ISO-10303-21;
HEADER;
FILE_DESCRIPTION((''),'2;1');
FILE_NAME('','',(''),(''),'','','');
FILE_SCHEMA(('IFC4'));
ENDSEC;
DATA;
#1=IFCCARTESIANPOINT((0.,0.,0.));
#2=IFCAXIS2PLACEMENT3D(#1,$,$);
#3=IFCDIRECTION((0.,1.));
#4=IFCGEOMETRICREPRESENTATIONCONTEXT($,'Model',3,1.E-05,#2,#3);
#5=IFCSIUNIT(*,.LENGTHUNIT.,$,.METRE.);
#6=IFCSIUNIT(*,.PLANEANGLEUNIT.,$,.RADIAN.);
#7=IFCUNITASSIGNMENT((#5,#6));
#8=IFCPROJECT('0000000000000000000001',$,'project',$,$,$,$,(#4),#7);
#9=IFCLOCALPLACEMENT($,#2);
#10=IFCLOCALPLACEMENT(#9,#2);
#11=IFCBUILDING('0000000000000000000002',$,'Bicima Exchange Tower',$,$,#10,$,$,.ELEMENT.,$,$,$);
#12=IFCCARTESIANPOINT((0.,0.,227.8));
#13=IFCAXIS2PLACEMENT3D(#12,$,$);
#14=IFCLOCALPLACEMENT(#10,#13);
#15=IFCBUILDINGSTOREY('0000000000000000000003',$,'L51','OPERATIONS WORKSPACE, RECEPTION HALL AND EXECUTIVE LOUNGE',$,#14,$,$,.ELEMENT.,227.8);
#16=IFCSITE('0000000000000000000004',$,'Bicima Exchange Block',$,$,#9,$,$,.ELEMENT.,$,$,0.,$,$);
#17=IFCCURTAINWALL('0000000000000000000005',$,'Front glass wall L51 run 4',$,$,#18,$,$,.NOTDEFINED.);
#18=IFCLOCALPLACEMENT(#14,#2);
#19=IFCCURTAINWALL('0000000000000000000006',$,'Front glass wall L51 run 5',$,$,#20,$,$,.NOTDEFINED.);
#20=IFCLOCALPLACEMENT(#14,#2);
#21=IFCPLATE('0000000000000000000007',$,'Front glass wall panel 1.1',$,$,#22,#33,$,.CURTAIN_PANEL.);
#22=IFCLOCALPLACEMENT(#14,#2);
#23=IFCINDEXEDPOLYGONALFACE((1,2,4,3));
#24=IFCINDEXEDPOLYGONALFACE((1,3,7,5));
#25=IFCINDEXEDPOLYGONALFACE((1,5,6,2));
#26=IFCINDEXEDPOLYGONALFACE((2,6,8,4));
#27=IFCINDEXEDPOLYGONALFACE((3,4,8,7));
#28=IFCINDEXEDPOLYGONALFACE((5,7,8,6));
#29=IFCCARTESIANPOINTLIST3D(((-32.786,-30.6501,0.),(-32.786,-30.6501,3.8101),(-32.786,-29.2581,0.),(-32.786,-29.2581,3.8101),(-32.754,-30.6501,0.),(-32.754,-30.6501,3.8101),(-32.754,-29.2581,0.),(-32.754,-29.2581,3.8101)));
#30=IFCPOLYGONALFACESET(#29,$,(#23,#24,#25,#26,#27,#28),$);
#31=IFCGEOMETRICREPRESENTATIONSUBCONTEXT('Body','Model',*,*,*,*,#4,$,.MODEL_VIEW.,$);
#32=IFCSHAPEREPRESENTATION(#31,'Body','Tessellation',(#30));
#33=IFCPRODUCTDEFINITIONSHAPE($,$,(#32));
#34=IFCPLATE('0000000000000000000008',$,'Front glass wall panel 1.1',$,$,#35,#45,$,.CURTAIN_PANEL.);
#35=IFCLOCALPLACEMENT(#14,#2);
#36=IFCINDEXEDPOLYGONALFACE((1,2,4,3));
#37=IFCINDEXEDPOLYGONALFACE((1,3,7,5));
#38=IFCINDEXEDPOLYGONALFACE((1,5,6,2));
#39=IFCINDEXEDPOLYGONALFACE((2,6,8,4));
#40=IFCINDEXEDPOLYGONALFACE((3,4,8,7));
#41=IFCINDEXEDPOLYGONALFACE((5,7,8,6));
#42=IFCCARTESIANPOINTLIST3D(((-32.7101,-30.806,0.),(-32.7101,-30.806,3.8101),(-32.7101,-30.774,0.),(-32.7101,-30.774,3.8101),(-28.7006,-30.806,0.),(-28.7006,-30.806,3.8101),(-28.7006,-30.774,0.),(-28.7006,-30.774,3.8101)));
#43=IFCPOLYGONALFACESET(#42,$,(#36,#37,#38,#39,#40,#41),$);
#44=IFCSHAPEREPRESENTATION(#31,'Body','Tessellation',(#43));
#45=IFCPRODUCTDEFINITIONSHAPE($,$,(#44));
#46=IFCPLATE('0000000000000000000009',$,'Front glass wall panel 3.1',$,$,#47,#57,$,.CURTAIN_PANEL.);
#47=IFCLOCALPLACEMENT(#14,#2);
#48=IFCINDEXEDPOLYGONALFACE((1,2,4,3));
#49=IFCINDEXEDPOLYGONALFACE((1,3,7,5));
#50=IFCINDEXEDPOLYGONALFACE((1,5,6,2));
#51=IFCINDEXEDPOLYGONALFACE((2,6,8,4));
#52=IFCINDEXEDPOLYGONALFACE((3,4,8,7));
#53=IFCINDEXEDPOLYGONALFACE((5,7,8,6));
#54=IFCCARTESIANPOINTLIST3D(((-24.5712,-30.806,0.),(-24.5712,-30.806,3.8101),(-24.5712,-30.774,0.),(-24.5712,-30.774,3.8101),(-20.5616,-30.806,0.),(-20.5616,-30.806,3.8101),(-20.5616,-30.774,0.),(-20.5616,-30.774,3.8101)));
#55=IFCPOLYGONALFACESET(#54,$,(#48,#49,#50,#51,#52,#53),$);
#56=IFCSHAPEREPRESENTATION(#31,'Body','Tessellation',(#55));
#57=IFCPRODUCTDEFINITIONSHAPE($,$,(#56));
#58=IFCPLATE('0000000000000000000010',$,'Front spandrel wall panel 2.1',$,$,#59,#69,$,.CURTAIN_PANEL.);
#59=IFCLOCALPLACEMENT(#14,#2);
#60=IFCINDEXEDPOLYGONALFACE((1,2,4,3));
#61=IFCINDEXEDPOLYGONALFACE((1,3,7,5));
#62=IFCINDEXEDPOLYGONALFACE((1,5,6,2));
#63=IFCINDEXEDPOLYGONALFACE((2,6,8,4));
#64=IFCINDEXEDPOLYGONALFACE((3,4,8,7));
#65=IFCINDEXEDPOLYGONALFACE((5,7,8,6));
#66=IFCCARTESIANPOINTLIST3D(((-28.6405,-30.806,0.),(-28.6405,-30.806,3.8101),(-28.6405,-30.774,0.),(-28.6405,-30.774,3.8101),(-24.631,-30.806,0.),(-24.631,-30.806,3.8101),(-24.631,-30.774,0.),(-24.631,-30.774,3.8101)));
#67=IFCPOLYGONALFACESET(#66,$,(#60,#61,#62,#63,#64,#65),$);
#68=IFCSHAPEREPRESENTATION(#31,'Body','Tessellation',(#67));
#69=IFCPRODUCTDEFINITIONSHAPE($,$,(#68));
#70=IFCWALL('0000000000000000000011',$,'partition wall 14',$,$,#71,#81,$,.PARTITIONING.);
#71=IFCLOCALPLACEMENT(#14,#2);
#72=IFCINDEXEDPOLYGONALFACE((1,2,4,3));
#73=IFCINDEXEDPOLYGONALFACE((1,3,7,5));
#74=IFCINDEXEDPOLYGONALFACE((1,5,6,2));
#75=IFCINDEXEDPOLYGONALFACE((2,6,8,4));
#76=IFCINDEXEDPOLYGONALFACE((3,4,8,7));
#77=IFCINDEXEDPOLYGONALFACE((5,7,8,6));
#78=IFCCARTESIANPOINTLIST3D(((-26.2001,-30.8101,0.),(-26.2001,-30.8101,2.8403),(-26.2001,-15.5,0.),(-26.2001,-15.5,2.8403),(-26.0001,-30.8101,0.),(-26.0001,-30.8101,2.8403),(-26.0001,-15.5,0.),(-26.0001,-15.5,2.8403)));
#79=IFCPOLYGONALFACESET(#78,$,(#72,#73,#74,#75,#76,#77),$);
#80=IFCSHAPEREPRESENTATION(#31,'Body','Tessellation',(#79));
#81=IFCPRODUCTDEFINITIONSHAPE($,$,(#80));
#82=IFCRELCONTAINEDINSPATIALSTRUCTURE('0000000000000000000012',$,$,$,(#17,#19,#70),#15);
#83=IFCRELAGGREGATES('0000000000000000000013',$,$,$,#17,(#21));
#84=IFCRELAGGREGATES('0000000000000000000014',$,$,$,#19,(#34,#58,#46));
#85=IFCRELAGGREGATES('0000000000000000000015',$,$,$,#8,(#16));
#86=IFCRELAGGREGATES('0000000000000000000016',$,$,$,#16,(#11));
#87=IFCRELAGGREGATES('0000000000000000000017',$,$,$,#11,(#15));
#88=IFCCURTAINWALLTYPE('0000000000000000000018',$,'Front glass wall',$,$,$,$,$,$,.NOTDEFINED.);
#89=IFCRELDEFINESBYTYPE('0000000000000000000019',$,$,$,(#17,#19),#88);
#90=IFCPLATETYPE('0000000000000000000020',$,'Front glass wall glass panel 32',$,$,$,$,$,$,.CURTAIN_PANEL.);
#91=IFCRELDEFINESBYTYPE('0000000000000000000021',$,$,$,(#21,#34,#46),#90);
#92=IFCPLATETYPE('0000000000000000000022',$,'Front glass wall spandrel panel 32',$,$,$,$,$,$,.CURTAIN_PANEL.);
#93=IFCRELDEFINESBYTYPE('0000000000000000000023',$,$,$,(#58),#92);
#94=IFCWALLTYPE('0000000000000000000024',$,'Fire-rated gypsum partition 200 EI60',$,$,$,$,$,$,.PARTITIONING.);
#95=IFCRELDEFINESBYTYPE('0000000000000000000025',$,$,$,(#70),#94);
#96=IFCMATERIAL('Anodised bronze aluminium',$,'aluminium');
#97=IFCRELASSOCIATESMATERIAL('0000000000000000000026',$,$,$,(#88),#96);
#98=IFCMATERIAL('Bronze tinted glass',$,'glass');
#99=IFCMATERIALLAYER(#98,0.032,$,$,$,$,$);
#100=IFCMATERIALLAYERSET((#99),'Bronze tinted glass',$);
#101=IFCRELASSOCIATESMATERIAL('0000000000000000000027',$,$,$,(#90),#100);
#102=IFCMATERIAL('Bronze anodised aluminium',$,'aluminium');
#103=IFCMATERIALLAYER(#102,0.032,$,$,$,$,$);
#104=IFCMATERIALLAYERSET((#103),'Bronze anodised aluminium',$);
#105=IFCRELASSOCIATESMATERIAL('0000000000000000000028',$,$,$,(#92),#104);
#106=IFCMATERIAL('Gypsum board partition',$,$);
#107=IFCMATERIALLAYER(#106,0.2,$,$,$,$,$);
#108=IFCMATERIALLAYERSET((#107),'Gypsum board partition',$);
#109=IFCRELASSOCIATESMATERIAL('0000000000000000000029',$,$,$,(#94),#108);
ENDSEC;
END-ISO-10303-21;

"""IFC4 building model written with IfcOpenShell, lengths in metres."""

from ifc_helpers import new_model, si_unit, direction, frame, frame_2d, origin, origin_2d, place, context, subcontext, project, spatial, rectangle, extrude, material, layer, layer_set, type_object, element, aggregate, save


model = new_model("IFC4")

# Units and contexts
model_context = context("Model", 3, precision=1e-05, world=origin(), true_north=direction((0.0, 1.0)))
body_context = subcontext(model_context, "Body", "Model", "MODEL_VIEW")
ifc_project = project(units=[si_unit("LENGTHUNIT", "METRE"), si_unit("PLANEANGLEUNIT", "RADIAN")], contexts=[model_context])

# Site, building, storey
site_placement = place(None, origin())
site = spatial("IfcSite", under=ifc_project, at=site_placement, Name="Bicima Exchange Block", CompositionType="ELEMENT", RefElevation=0.0)
building_placement = place(site_placement, origin())
building = spatial("IfcBuilding", under=site, at=building_placement, Name="Bicima Exchange Tower", CompositionType="ELEMENT")
storey_placement = place(building_placement, frame((0.0, 0.0, 227.8)))
storey = spatial("IfcBuildingStorey", under=building, at=storey_placement, Name="L51", Description="OPERATIONS WORKSPACE, RECEPTION HALL AND EXECUTIVE LOUNGE", CompositionType="ELEMENT", Elevation=227.8)

# Curtain walls
ifc_material_1 = material(Name="Anodised bronze aluminium", Category="aluminium")
curtain_wall_type = type_object("IfcCurtainWallType", Name="Front glass wall", PredefinedType="NOTDEFINED", material=ifc_material_1)
curtain_wall_1_placement = place(storey_placement, origin())
curtain_wall_1 = element("IfcCurtainWall", 1, at=curtain_wall_1_placement, inside=storey, type_object=curtain_wall_type, Name="Front glass wall L51 run 4", PredefinedType="NOTDEFINED")
curtain_wall_2_placement = place(storey_placement, origin())
curtain_wall_2 = element("IfcCurtainWall", 2, at=curtain_wall_2_placement, inside=storey, type_object=curtain_wall_type, Name="Front glass wall L51 run 5", PredefinedType="NOTDEFINED")

# Plates
ifc_material_2 = material(Name="Bronze tinted glass", Category="glass")
ifc_layer_1 = layer(ifc_material_2, 0.032)
ifc_layer_set_1 = layer_set([ifc_layer_1], Name="Bronze tinted glass")
plate_type_1 = type_object("IfcPlateType", Name="Front glass wall glass panel 32", PredefinedType="CURTAIN_PANEL", material=ifc_layer_set_1)
plate_1_placement = place(storey_placement, frame((-32.77, -29.9541, 0.0), z_axis=(0.0, 0.0, 1.0), x_axis=(0.0, -1.0, 0.0)))
plate_1 = element("IfcPlate", 3, at=plate_1_placement, type_object=plate_type_1, Name="Front glass wall panel 1.1", PredefinedType="CURTAIN_PANEL", context=body_context, shape_type="SweptSolid", body=[
    extrude(rectangle(XDim=1.3921, YDim=0.032, at=origin_2d()), origin(), (0.0, 0.0, 1.0), 3.8101),
])
aggregate(curtain_wall_1, [plate_1])
plate_2_placement = place(storey_placement, frame((-30.7053, -30.79, 0.0), z_axis=(0.0, 0.0, 1.0), x_axis=(1.0, 0.0, 0.0)))
plate_2 = element("IfcPlate", 4, at=plate_2_placement, type_object=plate_type_1, Name="Front glass wall panel 1.1", PredefinedType="CURTAIN_PANEL", context=body_context, shape_type="SweptSolid", body=[
    extrude(rectangle(XDim=4.0095, YDim=0.032, at=origin_2d()), origin(), (0.0, 0.0, 1.0), 3.8101),
])
plate_3_placement = place(storey_placement, frame((-22.5664, -30.79, 0.0), z_axis=(0.0, 0.0, 1.0), x_axis=(1.0, 0.0, 0.0)))
plate_3 = element("IfcPlate", 5, at=plate_3_placement, type_object=plate_type_1, Name="Front glass wall panel 3.1", PredefinedType="CURTAIN_PANEL", context=body_context, shape_type="SweptSolid", body=[
    extrude(rectangle(XDim=4.0095, YDim=0.032, at=origin_2d()), origin(), (0.0, 0.0, 1.0), 3.8101),
])
ifc_material_3 = material(Name="Bronze anodised aluminium", Category="aluminium")
ifc_layer_2 = layer(ifc_material_3, 0.032)
ifc_layer_set_2 = layer_set([ifc_layer_2], Name="Bronze anodised aluminium")
plate_type_2 = type_object("IfcPlateType", Name="Front glass wall spandrel panel 32", PredefinedType="CURTAIN_PANEL", material=ifc_layer_set_2)
plate_4_placement = place(storey_placement, frame((-26.6357, -30.79, 0.0), z_axis=(0.0, 0.0, 1.0), x_axis=(1.0, 0.0, 0.0)))
plate_4 = element("IfcPlate", 6, at=plate_4_placement, type_object=plate_type_2, Name="Front spandrel wall panel 2.1", PredefinedType="CURTAIN_PANEL", context=body_context, shape_type="SweptSolid", body=[
    extrude(rectangle(XDim=4.0095, YDim=0.032, at=origin_2d()), origin(), (0.0, 0.0, 1.0), 3.8101),
])
aggregate(curtain_wall_2, [plate_2, plate_4, plate_3])

# Wall
ifc_material_4 = material(Name="Gypsum board partition")
ifc_layer_3 = layer(ifc_material_4, 0.2)
ifc_layer_set_3 = layer_set([ifc_layer_3], Name="Gypsum board partition")
wall_type = type_object("IfcWallType", Name="Fire-rated gypsum partition 200 EI60", PredefinedType="PARTITIONING", material=ifc_layer_set_3)
wall_placement = place(storey_placement, frame((-26.1001, -30.8101, 0.0), z_axis=(0.0, 0.0, 1.0), x_axis=(0.0, 1.0, 0.0)))
element("IfcWall", 7, at=wall_placement, inside=storey, type_object=wall_type, Name="partition wall 14", PredefinedType="PARTITIONING", context=body_context, shape_type="SweptSolid", body=[
    extrude(rectangle(XDim=15.3101, YDim=0.2, at=frame_2d((7.655, 0.0))), origin(), (0.0, 0.0, 1.0), 2.8403),
])

save(model, "model.ifc")
